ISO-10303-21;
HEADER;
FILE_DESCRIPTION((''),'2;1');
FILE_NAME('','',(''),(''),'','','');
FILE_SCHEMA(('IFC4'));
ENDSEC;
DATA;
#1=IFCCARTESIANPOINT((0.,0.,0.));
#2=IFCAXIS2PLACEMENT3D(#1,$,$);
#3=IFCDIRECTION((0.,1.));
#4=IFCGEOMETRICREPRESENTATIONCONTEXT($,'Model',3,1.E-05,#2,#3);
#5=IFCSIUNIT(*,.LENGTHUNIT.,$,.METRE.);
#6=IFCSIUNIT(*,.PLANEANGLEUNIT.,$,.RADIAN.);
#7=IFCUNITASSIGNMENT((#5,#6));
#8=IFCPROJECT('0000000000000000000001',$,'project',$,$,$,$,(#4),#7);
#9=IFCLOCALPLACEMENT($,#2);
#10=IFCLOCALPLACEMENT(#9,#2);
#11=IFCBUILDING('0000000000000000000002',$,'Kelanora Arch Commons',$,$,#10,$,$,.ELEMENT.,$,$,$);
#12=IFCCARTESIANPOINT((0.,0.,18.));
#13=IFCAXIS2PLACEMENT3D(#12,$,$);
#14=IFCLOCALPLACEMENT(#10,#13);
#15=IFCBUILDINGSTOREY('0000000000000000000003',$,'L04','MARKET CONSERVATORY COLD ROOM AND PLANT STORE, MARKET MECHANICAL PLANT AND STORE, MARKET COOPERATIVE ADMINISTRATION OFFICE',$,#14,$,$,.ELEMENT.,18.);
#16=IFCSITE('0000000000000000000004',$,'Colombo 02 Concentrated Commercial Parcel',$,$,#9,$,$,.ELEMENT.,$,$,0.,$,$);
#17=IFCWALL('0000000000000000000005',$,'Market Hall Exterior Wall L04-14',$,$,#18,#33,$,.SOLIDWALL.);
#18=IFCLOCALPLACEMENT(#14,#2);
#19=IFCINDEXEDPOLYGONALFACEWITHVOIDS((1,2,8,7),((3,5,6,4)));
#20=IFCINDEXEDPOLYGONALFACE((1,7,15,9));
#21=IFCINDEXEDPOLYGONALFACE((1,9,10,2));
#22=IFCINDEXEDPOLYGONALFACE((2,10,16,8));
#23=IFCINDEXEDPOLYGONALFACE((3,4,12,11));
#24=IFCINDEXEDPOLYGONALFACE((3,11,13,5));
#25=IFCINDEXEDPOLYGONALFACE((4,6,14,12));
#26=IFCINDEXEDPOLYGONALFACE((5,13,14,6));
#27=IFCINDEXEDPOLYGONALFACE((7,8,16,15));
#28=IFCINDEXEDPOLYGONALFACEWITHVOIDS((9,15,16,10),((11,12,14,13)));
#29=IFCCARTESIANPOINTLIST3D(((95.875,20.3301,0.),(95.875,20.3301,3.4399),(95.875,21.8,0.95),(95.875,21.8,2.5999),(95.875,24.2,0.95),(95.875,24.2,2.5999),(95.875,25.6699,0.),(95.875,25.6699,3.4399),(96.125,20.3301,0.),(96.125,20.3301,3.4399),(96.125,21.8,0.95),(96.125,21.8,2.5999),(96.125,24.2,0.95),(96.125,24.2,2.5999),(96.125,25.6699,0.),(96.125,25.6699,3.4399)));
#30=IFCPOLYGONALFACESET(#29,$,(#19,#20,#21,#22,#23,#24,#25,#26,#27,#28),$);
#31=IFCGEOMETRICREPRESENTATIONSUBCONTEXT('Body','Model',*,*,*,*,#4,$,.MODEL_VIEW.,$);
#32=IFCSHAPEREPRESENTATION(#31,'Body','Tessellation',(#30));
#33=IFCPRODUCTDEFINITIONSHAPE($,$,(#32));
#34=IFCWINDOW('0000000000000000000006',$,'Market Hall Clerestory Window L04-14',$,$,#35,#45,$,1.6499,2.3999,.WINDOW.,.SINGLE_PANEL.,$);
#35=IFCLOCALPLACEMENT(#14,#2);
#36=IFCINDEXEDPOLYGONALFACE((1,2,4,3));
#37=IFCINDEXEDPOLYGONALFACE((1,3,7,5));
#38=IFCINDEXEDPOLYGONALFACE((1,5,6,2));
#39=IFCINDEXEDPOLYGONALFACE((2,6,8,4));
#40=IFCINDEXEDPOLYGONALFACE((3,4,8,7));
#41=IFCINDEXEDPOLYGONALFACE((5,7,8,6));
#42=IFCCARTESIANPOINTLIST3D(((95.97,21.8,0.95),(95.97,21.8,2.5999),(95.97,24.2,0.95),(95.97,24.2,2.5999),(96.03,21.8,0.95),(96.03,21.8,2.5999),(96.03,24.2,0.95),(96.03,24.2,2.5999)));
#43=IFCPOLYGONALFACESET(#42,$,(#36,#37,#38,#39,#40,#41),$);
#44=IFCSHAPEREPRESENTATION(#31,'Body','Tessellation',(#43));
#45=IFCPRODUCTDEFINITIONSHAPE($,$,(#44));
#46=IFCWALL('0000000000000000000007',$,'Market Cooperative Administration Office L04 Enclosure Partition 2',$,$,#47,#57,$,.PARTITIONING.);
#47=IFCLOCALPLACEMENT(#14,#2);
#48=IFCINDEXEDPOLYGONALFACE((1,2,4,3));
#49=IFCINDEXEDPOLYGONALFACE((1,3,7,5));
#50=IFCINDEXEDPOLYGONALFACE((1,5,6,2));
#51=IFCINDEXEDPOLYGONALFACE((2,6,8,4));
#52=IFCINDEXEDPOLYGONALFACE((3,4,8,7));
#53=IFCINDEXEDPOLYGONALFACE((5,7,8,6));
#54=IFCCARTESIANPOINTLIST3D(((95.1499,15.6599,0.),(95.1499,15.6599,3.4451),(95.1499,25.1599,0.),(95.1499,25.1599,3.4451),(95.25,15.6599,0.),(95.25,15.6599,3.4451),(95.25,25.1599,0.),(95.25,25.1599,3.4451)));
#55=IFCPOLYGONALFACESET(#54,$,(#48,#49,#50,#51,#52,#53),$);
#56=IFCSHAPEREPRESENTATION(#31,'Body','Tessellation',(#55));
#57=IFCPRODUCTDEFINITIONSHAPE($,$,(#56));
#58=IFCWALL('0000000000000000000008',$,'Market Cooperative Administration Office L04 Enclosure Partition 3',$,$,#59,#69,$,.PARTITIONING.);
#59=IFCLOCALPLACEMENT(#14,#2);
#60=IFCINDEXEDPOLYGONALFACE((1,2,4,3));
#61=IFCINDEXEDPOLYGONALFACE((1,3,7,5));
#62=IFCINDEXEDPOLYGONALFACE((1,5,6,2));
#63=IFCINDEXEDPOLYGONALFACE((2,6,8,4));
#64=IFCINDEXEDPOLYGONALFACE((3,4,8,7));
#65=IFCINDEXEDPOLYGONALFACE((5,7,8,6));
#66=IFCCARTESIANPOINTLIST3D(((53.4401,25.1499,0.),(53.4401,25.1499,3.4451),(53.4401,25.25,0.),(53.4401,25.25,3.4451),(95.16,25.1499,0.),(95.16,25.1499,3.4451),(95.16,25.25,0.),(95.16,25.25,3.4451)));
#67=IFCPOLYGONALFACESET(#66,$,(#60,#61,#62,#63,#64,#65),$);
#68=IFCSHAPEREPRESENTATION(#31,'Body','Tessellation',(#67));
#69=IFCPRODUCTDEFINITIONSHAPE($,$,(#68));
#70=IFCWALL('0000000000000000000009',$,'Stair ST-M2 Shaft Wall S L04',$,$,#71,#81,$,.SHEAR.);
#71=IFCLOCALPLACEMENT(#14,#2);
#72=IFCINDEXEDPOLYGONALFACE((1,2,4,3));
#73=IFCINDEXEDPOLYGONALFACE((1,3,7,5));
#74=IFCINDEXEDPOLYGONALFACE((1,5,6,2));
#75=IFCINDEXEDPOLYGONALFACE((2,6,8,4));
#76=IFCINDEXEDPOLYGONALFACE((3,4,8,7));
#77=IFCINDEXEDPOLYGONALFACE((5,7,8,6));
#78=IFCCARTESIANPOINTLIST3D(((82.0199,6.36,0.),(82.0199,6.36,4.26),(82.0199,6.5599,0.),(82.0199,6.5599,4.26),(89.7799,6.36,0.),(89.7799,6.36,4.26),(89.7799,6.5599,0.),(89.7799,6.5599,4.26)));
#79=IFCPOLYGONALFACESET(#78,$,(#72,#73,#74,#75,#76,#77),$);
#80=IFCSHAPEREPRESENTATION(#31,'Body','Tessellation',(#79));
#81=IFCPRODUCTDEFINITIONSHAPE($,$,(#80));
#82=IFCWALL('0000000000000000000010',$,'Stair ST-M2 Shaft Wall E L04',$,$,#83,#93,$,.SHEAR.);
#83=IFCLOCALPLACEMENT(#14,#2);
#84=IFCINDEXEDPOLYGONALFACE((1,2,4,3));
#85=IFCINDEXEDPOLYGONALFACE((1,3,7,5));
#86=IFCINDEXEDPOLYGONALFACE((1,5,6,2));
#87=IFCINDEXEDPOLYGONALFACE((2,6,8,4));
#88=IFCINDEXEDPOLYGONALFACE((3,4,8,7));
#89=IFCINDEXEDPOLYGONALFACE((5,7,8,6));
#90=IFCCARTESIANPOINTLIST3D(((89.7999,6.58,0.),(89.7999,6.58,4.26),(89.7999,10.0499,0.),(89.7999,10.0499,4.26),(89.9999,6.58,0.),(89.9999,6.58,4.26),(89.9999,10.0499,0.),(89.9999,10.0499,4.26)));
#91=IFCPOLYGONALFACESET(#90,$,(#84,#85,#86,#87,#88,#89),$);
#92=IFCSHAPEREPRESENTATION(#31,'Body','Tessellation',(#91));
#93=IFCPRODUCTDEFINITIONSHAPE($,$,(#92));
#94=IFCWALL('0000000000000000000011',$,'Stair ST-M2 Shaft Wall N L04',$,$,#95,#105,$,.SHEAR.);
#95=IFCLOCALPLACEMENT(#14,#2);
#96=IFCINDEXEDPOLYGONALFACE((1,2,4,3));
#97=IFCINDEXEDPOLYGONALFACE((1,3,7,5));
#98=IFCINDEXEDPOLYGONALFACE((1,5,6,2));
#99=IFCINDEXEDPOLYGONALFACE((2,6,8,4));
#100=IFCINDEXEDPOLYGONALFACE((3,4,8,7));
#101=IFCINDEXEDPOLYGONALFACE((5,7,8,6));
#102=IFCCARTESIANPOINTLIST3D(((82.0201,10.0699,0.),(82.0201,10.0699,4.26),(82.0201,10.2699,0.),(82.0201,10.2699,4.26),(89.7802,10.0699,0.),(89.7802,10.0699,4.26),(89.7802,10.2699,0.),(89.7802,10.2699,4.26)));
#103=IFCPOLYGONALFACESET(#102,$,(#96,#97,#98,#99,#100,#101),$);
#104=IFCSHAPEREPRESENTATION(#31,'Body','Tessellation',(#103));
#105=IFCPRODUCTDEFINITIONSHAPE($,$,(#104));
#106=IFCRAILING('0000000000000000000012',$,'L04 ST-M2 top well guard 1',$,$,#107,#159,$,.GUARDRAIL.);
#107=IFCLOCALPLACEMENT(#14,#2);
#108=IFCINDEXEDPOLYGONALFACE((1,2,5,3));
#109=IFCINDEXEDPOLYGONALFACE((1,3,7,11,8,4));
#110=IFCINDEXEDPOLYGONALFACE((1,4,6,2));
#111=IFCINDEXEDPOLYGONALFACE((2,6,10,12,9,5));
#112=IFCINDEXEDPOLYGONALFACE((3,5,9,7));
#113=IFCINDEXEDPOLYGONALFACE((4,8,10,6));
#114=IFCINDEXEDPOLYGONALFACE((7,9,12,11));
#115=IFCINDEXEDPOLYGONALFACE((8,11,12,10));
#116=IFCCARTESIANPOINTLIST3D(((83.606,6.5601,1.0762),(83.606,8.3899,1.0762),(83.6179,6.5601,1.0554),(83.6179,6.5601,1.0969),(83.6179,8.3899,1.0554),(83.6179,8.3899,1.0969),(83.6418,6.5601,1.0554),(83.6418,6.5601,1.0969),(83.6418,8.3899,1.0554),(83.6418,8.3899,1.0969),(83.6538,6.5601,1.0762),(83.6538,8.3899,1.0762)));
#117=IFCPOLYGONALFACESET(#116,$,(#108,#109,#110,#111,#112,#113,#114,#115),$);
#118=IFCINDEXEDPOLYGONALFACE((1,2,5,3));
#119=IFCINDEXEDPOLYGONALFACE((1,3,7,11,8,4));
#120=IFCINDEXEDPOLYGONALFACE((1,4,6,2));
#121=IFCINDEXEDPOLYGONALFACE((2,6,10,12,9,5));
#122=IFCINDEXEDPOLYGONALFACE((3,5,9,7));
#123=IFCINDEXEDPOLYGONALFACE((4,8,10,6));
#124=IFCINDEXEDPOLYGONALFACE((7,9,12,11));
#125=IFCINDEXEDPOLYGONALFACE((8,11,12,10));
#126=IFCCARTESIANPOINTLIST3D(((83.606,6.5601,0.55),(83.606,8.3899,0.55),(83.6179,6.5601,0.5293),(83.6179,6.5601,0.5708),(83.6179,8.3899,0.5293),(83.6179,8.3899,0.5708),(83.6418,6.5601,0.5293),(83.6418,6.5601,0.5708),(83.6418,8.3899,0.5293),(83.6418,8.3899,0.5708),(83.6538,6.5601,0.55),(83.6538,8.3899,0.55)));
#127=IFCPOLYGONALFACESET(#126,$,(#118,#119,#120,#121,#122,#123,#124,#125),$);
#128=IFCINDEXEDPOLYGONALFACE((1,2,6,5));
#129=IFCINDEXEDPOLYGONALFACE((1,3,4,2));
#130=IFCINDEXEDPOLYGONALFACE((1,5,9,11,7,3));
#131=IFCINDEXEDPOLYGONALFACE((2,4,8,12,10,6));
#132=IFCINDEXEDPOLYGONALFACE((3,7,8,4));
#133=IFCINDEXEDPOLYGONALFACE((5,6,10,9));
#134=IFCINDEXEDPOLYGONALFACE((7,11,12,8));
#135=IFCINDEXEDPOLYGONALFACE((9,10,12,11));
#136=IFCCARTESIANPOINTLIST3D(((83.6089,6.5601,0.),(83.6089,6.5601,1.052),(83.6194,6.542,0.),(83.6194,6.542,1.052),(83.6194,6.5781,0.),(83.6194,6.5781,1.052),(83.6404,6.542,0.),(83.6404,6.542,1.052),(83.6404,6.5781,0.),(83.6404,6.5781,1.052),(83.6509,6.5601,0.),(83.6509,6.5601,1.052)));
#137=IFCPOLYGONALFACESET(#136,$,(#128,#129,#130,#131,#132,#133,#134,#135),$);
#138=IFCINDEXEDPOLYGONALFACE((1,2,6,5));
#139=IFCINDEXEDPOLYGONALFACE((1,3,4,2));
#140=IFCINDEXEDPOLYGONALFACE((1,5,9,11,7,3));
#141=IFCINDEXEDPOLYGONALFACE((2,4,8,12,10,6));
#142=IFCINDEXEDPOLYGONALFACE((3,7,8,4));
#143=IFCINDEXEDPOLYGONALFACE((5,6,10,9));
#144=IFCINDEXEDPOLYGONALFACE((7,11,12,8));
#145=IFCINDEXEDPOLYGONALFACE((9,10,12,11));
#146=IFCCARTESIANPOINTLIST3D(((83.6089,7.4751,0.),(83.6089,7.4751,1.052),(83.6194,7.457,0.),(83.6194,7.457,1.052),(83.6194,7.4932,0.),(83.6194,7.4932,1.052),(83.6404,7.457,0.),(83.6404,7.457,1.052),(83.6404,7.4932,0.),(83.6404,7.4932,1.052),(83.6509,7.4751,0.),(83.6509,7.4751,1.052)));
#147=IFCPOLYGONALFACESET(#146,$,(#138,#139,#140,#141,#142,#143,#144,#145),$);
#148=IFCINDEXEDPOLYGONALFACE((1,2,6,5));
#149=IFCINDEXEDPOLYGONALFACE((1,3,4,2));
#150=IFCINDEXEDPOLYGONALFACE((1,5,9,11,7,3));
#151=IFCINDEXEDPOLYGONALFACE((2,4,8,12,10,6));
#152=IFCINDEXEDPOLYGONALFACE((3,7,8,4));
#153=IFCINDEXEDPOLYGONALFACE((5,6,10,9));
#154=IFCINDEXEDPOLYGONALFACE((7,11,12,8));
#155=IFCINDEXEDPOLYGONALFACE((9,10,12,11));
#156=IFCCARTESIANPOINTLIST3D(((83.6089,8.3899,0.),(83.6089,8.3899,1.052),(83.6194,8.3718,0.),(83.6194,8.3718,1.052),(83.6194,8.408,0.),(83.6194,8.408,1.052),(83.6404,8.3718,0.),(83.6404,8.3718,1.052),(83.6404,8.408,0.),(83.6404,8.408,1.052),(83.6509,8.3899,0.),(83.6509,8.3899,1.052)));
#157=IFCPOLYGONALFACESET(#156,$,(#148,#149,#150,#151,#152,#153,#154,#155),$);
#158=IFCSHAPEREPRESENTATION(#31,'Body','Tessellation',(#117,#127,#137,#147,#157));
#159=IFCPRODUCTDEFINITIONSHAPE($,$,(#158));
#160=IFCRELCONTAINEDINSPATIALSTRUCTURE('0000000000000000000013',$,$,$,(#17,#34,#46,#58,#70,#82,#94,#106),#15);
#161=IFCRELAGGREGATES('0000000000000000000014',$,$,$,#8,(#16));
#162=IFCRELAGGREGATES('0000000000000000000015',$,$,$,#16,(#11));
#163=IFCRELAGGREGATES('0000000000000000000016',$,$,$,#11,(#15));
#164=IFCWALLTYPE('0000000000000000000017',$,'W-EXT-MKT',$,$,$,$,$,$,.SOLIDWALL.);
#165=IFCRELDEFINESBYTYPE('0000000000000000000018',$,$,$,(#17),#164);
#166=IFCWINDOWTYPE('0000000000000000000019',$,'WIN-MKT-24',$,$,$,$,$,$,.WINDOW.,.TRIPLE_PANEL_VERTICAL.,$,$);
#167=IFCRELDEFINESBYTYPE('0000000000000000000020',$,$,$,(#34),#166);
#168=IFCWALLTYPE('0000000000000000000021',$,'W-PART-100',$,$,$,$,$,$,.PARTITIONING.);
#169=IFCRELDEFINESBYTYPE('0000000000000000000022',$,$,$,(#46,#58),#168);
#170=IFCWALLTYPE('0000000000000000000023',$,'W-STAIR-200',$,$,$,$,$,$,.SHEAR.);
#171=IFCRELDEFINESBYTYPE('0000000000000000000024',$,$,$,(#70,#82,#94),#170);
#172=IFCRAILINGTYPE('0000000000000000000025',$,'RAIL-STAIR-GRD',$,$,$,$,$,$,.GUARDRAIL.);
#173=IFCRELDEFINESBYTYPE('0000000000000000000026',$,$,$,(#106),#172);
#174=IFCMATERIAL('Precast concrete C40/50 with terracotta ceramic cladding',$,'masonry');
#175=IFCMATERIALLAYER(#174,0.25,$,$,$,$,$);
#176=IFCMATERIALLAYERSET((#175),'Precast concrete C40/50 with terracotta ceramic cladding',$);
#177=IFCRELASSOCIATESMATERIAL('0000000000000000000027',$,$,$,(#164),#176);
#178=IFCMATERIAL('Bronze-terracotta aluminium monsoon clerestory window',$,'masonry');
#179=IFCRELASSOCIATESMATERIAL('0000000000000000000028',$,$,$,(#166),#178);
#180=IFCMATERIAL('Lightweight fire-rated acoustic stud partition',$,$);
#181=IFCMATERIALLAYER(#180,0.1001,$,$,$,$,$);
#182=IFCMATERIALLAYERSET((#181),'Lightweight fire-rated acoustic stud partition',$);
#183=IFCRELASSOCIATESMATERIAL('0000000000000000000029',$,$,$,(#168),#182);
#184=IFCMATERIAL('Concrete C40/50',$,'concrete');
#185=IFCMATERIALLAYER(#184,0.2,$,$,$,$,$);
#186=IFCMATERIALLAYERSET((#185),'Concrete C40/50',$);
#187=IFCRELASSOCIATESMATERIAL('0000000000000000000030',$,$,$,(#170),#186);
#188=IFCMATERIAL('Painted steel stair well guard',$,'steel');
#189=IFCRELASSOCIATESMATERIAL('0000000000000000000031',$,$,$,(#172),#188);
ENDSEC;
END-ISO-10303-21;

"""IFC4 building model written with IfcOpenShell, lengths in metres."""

from ifc_helpers import new_model, si_unit, direction, frame, frame_2d, origin, place, context, subcontext, project, spatial, polyline, rectangle, outline, extrude, material, layer, layer_set, type_object, element, fill, save


model = new_model("IFC4")

# Units and contexts
model_context = context("Model", 3, precision=1e-05, world=origin(), true_north=direction((0.0, 1.0)))
body_context = subcontext(model_context, "Body", "Model", "MODEL_VIEW")
ifc_project = project(units=[si_unit("LENGTHUNIT", "METRE"), si_unit("PLANEANGLEUNIT", "RADIAN")], contexts=[model_context])

# Site, building, storey
site_placement = place(None, origin())
site = spatial("IfcSite", under=ifc_project, at=site_placement, Name="Colombo 02 Concentrated Commercial Parcel", CompositionType="ELEMENT", RefElevation=0.0)
building_placement = place(site_placement, origin())
building = spatial("IfcBuilding", under=site, at=building_placement, Name="Kelanora Arch Commons", CompositionType="ELEMENT")
storey_placement = place(building_placement, frame((0.0, 0.0, 18.0)))
storey = spatial("IfcBuildingStorey", under=building, at=storey_placement, Name="L04", Description="MARKET CONSERVATORY COLD ROOM AND PLANT STORE, MARKET MECHANICAL PLANT AND STORE, MARKET COOPERATIVE ADMINISTRATION OFFICE", CompositionType="ELEMENT", Elevation=18.0)

# Wall, opening, window
ifc_material_1 = material(Name="Precast concrete C40/50 with terracotta ceramic cladding", Category="masonry")
ifc_layer_1 = layer(ifc_material_1, 0.25)
ifc_layer_set_1 = layer_set([ifc_layer_1], Name="Precast concrete C40/50 with terracotta ceramic cladding")
wall_type_1 = type_object("IfcWallType", Name="W-EXT-MKT", PredefinedType="SOLIDWALL", material=ifc_layer_set_1)
ifc_material_2 = material(Name="Bronze-terracotta aluminium monsoon clerestory window", Category="masonry")
window_type = type_object("IfcWindowType", Name="WIN-MKT-24", PartitioningType="TRIPLE_PANEL_VERTICAL", PredefinedType="WINDOW", material=ifc_material_2)
wall_1_placement = place(storey_placement, frame((96.0, 20.3301, 0.0), z_axis=(0.0, 0.0, 1.0), x_axis=(0.0, 1.0, 0.0)))
wall_1 = element("IfcWall", 1, at=wall_1_placement, inside=storey, type_object=wall_type_1, Name="Market Hall Exterior Wall L04-14", PredefinedType="SOLIDWALL", context=body_context, shape_type="SweptSolid", body=[
    extrude(rectangle(XDim=5.3398, YDim=0.25, at=frame_2d((2.6699, 0.0))), origin(), (0.0, 0.0, 1.0), 3.4399),
])
opening_1_placement = place(wall_1_placement, frame((1.47, 0.0, 0.95)))
opening_1 = element("IfcOpeningElement", 2, at=opening_1_placement, cuts=wall_1, PredefinedType="OPENING", context=body_context, shape_type="SweptSolid", body=[
    extrude(rectangle(XDim=2.3999, YDim=1.6499, at=frame_2d((1.2, 0.825))), frame((0.0, 0.135, 0.0), z_axis=(0.0, -1.0, 0.0), x_axis=(1.0, 0.0, 0.0)), (0.0, 0.0, 1.0), 0.27),
])
window_1_placement = place(opening_1_placement, origin())
window_1 = element("IfcWindow", 3, at=window_1_placement, inside=storey, type_object=window_type, Name="Market Hall Clerestory Window L04-14", OverallHeight=1.6499, OverallWidth=2.3999, PartitioningType="SINGLE_PANEL", PredefinedType="WINDOW", context=body_context, shape_type="SweptSolid", body=[
    extrude(rectangle(XDim=2.3999, YDim=1.6499, at=frame_2d((1.2, 0.825))), frame((0.0, 0.03, 0.0), z_axis=(0.0, -1.0, 0.0), x_axis=(1.0, 0.0, 0.0)), (0.0, 0.0, 1.0), 0.0601),
])
fill(opening_1, window_1)

# Walls
ifc_material_3 = material(Name="Lightweight fire-rated acoustic stud partition")
ifc_layer_2 = layer(ifc_material_3, 0.1001)
ifc_layer_set_2 = layer_set([ifc_layer_2], Name="Lightweight fire-rated acoustic stud partition")
wall_type_2 = type_object("IfcWallType", Name="W-PART-100", PredefinedType="PARTITIONING", material=ifc_layer_set_2)
wall_2_placement = place(storey_placement, frame((95.2, 15.6599, 0.0), z_axis=(0.0, 0.0, 1.0), x_axis=(0.0, 1.0, 0.0)))
element("IfcWall", 4, at=wall_2_placement, inside=storey, type_object=wall_type_2, Name="Market Cooperative Administration Office L04 Enclosure Partition 2", PredefinedType="PARTITIONING", context=body_context, shape_type="SweptSolid", body=[
    extrude(rectangle(XDim=9.5, YDim=0.1001, at=frame_2d((4.75, 0.0))), origin(), (0.0, 0.0, 1.0), 3.4451),
])
wall_3_placement = place(storey_placement, frame((95.1599, 25.2, 0.0), z_axis=(0.0, 0.0, 1.0), x_axis=(-1.0, 0.0, 0.0)))
element("IfcWall", 5, at=wall_3_placement, inside=storey, type_object=wall_type_2, Name="Market Cooperative Administration Office L04 Enclosure Partition 3", PredefinedType="PARTITIONING", context=body_context, shape_type="SweptSolid", body=[
    extrude(rectangle(XDim=41.72, YDim=0.1001, at=frame_2d((20.8599, 0.0))), origin(), (0.0, 0.0, 1.0), 3.4451),
])
ifc_material_4 = material(Name="Concrete C40/50", Category="concrete")
ifc_layer_3 = layer(ifc_material_4, 0.2)
ifc_layer_set_3 = layer_set([ifc_layer_3], Name="Concrete C40/50")
wall_type_3 = type_object("IfcWallType", Name="W-STAIR-200", PredefinedType="SHEAR", material=ifc_layer_set_3)
wall_4_placement = place(storey_placement, frame((82.02, 6.46, 0.0), z_axis=(0.0, 0.0, 1.0), x_axis=(1.0, 0.0, 0.0)))
element("IfcWall", 6, at=wall_4_placement, inside=storey, type_object=wall_type_3, Name="Stair ST-M2 Shaft Wall S L04", PredefinedType="SHEAR", context=body_context, shape_type="SweptSolid", body=[
    extrude(rectangle(XDim=7.76, YDim=0.2, at=frame_2d((3.8799, 0.0))), origin(), (0.0, 0.0, 1.0), 4.26),
])
wall_5_placement = place(storey_placement, frame((89.8999, 6.5801, 0.0), z_axis=(0.0, 0.0, 1.0), x_axis=(0.0, 1.0, 0.0)))
element("IfcWall", 7, at=wall_5_placement, inside=storey, type_object=wall_type_3, Name="Stair ST-M2 Shaft Wall E L04", PredefinedType="SHEAR", context=body_context, shape_type="SweptSolid", body=[
    extrude(rectangle(XDim=3.47, YDim=0.2, at=frame_2d((1.7349, 0.0))), origin(), (0.0, 0.0, 1.0), 4.26),
])
wall_6_placement = place(storey_placement, frame((89.78, 10.1699, 0.0), z_axis=(0.0, 0.0, 1.0), x_axis=(-1.0, 0.0, 0.0)))
element("IfcWall", 8, at=wall_6_placement, inside=storey, type_object=wall_type_3, Name="Stair ST-M2 Shaft Wall N L04", PredefinedType="SHEAR", context=body_context, shape_type="SweptSolid", body=[
    extrude(rectangle(XDim=7.76, YDim=0.2, at=frame_2d((3.8799, 0.0))), origin(), (0.0, 0.0, 1.0), 4.26),
])

# Railing
ifc_material_5 = material(Name="Painted steel stair well guard", Category="steel")
railing_type = type_object("IfcRailingType", Name="RAIL-STAIR-GRD", PredefinedType="GUARDRAIL", material=ifc_material_5)
railing_placement = place(storey_placement, frame((83.6299, 6.5601, 0.0)))
element("IfcRailing", 9, at=railing_placement, inside=storey, type_object=railing_type, Name="L04 ST-M2 top well guard 1", PredefinedType="GUARDRAIL", context=body_context, shape_type="SweptSolid", body=[
    extrude(outline(polyline([(0.0239, 0.0), (0.012, 0.0208), (-0.012, 0.0208), (-0.0239, 0.0), (-0.012, -0.0208), (0.012, -0.0208), (0.0239, 0.0)])), frame((0.0, 0.0, 1.0762), z_axis=(0.0, 1.0, 0.0), x_axis=(-1.0, 0.0, 0.0)), (0.0, 0.0, 1.0), 1.8298),
    extrude(outline(polyline([(0.0239, 0.0), (0.012, 0.0208), (-0.012, 0.0208), (-0.0239, 0.0), (-0.012, -0.0208), (0.012, -0.0208), (0.0239, 0.0)])), frame((0.0, 0.0, 0.55), z_axis=(0.0, 1.0, 0.0), x_axis=(-1.0, 0.0, 0.0)), (0.0, 0.0, 1.0), 1.8298),
    extrude(outline(polyline([(0.021, 0.0), (0.0105, 0.0181), (-0.0105, 0.0181), (-0.021, 0.0), (-0.0105, -0.0181), (0.0105, -0.0181), (0.021, 0.0)])), origin(), (0.0, 0.0, 1.0), 1.052),
    extrude(outline(polyline([(0.021, 0.0), (0.0105, 0.0181), (-0.0105, 0.0181), (-0.021, 0.0), (-0.0105, -0.0181), (0.0105, -0.0181), (0.021, 0.0)])), frame((0.0, 0.915, 0.0)), (0.0, 0.0, 1.0), 1.052),
    extrude(outline(polyline([(0.021, 0.0), (0.0105, 0.0181), (-0.0105, 0.0181), (-0.021, 0.0), (-0.0105, -0.0181), (0.0105, -0.0181), (0.021, 0.0)])), frame((0.0, 1.8298, 0.0)), (0.0, 0.0, 1.0), 1.052),
])

save(model, "model.ifc")
